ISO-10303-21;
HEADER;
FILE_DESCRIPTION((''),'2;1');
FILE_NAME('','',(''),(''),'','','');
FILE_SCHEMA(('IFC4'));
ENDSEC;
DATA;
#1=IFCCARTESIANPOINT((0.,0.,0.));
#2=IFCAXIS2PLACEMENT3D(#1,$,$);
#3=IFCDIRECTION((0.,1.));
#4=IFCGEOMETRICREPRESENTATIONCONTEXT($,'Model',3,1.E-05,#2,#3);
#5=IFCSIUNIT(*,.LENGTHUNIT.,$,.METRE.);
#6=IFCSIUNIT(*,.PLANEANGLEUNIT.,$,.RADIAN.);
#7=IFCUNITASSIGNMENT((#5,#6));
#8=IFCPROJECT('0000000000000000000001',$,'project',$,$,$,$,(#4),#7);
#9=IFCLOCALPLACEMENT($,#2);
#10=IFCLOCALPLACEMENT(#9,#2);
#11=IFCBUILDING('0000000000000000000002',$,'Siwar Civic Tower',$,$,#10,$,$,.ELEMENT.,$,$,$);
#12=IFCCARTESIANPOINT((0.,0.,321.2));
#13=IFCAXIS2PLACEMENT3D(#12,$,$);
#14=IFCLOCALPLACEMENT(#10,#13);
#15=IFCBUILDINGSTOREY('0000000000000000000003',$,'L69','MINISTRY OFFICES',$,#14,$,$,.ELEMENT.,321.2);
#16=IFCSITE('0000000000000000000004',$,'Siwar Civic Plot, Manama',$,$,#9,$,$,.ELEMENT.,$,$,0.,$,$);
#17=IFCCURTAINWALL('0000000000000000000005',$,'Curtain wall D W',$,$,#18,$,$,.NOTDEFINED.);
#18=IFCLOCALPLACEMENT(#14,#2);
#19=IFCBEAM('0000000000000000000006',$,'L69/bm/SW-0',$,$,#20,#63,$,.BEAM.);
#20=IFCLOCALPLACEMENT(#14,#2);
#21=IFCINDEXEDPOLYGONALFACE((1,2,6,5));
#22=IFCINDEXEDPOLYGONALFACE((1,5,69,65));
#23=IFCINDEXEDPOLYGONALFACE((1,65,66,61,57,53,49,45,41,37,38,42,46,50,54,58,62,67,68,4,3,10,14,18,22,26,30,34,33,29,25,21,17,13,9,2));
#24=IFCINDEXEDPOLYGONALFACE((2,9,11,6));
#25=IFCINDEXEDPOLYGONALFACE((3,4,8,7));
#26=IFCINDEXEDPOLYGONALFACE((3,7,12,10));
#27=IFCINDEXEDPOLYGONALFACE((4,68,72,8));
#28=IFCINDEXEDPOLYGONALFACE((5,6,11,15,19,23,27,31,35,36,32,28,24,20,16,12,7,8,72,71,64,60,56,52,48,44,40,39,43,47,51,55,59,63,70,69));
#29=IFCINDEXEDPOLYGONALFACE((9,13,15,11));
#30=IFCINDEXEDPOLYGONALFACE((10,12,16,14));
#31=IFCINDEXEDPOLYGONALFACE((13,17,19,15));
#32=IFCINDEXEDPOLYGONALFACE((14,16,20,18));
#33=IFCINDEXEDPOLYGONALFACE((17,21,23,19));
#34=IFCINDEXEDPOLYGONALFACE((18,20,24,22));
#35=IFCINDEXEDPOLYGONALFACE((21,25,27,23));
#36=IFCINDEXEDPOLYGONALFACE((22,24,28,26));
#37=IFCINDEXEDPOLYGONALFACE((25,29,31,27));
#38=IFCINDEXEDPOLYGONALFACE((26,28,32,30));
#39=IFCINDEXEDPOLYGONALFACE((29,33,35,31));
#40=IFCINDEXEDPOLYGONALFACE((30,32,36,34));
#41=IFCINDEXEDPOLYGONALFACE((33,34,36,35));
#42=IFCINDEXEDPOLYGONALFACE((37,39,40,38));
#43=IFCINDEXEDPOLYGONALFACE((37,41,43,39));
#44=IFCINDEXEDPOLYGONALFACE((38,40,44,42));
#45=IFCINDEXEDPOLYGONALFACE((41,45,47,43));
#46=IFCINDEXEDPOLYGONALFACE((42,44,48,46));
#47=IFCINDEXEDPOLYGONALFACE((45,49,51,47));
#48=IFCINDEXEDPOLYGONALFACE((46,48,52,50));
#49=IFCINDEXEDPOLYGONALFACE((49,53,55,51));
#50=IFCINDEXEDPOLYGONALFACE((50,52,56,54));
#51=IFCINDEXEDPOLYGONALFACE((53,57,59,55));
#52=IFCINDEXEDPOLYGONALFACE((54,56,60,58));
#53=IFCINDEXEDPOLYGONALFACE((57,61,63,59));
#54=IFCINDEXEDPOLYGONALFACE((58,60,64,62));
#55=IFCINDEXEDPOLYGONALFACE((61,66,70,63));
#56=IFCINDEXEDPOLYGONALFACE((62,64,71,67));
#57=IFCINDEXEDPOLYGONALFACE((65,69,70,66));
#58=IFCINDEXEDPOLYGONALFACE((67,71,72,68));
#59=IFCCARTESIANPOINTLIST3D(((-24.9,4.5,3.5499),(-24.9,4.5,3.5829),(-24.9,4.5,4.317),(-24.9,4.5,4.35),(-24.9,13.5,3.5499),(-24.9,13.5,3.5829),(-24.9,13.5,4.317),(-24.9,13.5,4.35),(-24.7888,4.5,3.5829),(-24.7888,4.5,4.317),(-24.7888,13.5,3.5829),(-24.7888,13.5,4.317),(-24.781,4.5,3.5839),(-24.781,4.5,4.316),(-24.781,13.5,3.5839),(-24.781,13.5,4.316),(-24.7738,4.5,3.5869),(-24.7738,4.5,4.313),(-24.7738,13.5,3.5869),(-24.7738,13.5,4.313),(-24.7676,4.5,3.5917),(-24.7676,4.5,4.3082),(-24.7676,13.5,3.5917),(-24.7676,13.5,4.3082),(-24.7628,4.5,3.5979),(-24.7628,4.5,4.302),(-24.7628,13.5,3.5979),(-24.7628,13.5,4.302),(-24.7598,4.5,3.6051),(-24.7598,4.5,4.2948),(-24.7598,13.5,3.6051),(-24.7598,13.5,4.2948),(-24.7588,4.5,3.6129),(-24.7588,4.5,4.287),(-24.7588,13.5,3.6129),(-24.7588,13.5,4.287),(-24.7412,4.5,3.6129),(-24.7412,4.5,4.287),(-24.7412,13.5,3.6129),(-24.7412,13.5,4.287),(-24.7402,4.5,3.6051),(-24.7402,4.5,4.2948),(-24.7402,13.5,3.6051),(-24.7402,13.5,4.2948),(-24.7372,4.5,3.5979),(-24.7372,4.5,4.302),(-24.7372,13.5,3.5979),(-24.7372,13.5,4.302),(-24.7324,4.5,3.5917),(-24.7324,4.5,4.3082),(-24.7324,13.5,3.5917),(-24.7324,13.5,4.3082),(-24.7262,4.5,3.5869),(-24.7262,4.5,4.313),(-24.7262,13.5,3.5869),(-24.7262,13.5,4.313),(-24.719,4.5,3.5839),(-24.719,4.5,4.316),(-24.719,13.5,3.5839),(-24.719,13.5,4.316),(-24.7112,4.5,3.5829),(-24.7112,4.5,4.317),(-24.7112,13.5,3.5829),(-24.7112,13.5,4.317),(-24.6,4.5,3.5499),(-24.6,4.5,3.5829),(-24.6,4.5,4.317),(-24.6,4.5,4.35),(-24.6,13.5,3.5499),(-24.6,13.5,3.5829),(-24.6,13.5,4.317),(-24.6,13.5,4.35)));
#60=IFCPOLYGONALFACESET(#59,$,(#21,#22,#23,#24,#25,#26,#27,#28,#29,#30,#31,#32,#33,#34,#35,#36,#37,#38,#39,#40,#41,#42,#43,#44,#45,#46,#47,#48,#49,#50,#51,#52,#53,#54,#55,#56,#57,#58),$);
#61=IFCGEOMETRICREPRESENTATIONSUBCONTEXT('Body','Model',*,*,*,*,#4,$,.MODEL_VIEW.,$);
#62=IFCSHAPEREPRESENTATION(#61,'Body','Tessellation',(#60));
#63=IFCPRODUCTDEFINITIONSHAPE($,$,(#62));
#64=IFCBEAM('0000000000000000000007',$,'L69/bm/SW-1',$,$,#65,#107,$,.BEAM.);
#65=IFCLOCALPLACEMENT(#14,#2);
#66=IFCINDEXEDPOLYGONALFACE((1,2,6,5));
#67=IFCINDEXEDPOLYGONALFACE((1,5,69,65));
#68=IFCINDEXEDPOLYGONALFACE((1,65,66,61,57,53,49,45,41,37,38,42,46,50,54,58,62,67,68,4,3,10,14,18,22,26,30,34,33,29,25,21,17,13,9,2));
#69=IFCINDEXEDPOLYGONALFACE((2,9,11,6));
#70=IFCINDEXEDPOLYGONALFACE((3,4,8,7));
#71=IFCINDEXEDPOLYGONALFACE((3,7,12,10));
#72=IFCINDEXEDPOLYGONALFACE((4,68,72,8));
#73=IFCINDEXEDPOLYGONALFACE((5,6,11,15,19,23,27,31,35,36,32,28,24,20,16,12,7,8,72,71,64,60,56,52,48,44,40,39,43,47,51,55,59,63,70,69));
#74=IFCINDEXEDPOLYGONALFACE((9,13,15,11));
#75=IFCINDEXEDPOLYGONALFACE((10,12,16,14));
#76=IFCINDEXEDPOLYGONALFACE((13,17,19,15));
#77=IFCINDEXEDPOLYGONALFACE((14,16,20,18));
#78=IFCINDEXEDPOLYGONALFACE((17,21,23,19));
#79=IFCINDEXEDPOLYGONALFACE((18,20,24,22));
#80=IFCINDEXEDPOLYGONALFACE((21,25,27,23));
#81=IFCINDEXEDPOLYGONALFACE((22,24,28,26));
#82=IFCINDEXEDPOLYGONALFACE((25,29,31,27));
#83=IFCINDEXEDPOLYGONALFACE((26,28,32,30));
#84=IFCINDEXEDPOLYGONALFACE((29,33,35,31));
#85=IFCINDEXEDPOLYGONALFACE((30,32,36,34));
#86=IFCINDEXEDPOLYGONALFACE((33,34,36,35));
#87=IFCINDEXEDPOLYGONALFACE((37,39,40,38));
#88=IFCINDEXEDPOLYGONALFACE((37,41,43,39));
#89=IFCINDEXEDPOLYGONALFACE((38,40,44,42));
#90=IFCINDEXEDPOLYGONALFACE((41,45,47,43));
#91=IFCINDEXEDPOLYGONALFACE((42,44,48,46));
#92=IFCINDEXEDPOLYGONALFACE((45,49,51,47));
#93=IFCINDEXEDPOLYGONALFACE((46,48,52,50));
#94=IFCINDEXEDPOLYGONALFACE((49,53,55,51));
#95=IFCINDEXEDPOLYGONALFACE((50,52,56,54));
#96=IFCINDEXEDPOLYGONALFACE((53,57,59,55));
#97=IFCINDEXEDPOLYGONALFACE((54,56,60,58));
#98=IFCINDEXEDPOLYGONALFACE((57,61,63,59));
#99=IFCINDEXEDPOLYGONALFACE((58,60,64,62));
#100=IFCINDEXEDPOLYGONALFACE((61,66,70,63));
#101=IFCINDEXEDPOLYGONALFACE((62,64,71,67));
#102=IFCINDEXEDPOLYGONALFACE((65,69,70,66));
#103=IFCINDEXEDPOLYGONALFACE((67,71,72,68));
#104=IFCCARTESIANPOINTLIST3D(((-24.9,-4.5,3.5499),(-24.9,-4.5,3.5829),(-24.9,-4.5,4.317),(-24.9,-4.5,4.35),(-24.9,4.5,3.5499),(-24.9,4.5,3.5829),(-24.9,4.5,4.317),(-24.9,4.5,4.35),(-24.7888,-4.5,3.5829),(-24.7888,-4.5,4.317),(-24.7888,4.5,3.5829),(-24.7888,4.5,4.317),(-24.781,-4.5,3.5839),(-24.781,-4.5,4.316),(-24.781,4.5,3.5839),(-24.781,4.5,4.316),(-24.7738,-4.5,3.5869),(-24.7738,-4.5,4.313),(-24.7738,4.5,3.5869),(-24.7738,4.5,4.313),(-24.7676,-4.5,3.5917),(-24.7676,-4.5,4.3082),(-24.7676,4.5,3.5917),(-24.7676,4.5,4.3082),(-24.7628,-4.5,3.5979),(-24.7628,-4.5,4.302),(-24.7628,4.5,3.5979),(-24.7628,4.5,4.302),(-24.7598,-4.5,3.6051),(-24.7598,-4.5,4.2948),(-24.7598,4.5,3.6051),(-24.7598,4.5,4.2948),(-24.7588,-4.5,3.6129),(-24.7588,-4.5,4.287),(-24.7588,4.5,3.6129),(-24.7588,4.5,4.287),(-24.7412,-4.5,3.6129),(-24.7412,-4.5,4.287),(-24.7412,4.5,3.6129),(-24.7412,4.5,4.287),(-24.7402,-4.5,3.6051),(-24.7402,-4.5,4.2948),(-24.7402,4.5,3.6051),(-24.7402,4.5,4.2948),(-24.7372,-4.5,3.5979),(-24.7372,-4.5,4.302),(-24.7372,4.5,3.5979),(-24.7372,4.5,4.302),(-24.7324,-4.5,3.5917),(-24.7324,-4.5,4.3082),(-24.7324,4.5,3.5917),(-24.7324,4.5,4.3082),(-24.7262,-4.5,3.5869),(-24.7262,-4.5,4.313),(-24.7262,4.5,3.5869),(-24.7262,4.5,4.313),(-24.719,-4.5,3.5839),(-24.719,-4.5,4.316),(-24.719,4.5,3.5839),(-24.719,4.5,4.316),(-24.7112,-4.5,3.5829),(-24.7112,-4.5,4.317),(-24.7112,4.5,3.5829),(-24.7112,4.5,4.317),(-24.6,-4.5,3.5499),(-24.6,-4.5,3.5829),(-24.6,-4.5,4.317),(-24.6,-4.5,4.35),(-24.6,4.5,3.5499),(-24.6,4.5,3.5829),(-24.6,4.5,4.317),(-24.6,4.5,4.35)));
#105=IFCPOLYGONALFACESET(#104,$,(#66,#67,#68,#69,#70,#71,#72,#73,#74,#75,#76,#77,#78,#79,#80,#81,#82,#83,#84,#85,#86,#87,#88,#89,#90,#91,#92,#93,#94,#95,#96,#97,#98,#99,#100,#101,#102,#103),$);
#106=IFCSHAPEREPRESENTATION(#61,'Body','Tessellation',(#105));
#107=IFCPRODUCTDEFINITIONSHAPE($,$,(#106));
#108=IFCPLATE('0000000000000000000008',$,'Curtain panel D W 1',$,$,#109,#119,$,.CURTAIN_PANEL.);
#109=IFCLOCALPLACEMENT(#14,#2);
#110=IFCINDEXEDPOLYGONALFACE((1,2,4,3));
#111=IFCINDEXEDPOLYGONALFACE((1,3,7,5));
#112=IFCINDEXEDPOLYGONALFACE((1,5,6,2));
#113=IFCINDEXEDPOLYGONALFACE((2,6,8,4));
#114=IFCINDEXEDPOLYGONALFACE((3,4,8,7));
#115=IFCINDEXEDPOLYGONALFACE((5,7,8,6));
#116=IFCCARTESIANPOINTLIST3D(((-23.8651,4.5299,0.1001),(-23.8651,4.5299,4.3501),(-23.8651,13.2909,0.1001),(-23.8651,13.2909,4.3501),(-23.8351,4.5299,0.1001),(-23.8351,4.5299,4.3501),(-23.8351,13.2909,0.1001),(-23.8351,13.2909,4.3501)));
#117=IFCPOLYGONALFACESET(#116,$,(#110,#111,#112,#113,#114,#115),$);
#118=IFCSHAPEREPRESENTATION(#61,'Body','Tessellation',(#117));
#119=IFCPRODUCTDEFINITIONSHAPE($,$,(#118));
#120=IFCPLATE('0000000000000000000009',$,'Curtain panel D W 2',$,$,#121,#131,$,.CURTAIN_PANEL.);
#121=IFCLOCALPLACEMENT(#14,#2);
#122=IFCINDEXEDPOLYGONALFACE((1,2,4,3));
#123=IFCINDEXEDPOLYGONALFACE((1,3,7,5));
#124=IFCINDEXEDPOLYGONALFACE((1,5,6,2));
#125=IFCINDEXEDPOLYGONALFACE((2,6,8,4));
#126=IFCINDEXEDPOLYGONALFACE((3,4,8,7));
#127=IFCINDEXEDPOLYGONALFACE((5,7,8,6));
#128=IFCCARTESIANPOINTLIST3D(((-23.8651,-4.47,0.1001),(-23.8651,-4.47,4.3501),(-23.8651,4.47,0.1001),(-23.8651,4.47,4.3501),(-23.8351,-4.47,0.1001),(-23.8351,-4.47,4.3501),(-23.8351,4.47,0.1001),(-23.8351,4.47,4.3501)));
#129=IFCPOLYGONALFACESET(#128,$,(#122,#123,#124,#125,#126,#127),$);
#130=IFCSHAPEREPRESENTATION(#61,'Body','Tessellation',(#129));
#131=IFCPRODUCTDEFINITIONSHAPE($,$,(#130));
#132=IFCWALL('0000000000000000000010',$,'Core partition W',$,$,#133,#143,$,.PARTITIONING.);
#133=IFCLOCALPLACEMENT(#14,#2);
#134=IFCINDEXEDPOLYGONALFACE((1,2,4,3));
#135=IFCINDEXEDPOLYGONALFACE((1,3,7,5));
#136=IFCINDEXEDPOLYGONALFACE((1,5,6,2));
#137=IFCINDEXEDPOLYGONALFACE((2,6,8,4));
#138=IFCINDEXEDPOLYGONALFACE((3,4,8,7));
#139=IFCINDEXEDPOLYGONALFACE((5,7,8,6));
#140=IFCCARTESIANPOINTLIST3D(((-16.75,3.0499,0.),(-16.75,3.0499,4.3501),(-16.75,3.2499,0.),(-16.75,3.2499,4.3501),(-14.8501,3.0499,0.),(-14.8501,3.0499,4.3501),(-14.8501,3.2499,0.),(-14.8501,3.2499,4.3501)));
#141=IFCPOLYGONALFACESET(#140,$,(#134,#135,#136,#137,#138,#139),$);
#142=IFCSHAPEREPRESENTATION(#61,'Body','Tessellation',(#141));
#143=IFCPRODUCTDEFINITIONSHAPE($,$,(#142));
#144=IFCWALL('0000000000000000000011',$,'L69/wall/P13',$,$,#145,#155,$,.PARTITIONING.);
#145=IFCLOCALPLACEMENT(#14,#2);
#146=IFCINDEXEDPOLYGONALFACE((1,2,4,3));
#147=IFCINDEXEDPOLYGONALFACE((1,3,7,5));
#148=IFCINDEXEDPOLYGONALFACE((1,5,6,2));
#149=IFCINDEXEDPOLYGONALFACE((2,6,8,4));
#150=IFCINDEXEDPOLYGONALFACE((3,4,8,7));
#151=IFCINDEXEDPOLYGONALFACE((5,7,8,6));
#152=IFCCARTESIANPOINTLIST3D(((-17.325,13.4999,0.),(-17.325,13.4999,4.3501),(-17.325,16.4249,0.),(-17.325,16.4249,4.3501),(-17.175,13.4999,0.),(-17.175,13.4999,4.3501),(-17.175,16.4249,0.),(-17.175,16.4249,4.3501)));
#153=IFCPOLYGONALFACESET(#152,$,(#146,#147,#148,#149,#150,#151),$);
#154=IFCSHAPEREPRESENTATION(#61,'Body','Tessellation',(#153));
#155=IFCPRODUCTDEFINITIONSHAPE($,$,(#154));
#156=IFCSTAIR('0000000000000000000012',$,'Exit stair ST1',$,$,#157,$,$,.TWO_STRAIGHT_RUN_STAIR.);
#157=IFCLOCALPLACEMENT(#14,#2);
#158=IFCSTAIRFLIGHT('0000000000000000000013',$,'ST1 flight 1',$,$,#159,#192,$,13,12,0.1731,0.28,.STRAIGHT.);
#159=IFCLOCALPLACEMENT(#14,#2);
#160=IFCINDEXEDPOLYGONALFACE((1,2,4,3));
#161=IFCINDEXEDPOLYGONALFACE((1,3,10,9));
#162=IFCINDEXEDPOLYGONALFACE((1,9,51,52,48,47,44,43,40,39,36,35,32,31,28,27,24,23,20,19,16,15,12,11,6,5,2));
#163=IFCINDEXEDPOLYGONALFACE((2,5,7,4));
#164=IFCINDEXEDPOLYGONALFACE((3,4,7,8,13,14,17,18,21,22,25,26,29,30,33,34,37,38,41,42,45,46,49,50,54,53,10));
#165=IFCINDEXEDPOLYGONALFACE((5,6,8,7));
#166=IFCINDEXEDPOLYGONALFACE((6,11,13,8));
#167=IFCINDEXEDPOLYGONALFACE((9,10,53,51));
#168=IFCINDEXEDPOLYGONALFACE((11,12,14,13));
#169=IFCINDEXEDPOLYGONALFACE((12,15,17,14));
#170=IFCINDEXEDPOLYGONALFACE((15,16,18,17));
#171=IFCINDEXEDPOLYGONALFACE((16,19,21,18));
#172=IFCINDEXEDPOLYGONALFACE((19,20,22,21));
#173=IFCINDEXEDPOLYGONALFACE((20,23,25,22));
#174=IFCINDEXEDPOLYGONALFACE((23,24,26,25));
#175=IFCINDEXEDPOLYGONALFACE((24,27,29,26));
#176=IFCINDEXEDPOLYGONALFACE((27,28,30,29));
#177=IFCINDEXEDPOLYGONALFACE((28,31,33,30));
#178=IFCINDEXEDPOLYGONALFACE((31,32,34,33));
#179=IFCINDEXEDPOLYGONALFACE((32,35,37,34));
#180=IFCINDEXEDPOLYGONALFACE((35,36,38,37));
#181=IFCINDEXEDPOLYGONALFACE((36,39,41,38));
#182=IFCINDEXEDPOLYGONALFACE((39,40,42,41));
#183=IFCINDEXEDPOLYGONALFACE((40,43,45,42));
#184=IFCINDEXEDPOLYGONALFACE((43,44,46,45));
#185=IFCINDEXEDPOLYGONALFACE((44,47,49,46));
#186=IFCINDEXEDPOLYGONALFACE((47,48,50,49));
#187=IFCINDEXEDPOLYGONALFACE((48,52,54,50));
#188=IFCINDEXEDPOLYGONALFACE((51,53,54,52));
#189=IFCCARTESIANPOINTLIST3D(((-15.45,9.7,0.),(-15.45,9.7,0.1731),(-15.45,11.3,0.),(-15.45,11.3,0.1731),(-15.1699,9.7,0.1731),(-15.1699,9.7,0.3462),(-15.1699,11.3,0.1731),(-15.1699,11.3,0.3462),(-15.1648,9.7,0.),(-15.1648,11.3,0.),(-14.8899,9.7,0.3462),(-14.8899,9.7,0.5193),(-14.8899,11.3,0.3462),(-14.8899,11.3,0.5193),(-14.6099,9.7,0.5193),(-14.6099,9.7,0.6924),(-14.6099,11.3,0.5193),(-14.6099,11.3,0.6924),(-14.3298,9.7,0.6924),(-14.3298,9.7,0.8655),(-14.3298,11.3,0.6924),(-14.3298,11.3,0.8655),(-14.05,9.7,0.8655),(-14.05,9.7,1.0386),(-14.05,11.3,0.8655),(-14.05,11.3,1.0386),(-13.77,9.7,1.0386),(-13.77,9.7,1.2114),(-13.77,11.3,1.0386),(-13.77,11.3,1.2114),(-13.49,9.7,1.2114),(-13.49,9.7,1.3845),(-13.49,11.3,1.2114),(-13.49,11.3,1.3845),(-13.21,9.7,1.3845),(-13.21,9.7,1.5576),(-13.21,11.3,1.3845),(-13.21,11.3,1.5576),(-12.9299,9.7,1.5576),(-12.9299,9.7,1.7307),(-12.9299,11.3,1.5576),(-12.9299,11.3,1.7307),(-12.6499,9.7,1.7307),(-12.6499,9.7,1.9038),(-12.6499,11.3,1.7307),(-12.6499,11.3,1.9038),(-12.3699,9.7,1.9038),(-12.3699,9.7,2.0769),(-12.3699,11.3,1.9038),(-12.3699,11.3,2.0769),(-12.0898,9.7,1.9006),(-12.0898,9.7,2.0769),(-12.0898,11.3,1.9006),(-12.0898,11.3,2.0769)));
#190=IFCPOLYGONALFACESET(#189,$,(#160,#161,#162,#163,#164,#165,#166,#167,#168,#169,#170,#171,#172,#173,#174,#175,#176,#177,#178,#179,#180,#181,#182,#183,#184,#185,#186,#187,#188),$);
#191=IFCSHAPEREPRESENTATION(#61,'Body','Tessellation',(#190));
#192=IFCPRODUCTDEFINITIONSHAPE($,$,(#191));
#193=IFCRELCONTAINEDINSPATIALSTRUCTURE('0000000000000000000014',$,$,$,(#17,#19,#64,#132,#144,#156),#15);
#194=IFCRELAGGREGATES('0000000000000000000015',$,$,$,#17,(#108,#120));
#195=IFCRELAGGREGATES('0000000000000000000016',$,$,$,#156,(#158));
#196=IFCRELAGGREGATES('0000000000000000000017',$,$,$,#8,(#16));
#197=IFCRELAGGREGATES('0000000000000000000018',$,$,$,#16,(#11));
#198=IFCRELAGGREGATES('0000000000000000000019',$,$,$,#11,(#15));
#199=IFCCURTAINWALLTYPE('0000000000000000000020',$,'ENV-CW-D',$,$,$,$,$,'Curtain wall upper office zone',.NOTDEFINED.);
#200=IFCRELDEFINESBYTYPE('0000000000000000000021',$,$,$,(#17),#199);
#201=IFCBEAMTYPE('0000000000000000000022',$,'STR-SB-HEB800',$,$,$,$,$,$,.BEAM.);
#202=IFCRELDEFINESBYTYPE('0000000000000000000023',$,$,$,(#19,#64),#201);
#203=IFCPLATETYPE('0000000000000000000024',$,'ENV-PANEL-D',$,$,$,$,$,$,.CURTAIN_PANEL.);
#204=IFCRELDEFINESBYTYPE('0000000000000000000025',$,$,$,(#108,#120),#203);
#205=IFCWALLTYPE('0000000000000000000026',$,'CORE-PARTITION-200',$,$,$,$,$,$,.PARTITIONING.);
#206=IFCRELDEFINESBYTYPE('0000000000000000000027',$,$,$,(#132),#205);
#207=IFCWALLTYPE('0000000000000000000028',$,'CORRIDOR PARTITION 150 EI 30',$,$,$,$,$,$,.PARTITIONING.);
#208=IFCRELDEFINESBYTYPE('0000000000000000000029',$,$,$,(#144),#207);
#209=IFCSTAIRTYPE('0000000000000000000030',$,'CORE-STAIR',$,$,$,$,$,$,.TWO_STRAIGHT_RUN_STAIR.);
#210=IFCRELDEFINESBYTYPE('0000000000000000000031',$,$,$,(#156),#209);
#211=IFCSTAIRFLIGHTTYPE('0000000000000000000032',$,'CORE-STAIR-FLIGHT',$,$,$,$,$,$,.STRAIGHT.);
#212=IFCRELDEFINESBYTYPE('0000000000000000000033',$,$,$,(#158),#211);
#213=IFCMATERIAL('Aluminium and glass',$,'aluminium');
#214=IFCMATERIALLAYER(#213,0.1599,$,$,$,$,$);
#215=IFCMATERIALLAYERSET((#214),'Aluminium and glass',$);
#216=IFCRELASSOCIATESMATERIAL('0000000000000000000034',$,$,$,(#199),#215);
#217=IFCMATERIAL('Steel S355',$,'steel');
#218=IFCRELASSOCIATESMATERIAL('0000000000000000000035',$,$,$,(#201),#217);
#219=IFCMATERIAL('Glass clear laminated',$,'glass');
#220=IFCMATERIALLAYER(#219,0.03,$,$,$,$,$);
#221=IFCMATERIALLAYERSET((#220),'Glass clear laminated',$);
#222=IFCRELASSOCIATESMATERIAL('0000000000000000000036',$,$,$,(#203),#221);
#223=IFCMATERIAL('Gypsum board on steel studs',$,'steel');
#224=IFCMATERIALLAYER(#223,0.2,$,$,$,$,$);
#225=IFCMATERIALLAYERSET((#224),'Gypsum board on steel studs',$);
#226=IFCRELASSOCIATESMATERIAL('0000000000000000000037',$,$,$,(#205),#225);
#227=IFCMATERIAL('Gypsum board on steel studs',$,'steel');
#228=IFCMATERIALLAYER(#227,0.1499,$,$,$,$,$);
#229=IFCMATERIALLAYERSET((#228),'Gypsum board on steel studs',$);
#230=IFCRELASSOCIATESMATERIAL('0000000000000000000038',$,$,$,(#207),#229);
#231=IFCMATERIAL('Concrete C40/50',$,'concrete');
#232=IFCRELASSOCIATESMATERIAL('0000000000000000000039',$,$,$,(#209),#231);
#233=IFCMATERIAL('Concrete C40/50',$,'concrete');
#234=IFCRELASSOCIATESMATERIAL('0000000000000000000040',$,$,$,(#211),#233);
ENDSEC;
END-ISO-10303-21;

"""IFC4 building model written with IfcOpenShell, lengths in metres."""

from ifc_helpers import new_model, si_unit, direction, frame, frame_2d, origin, origin_2d, place, context, subcontext, project, spatial, polyline, rectangle, i_section, outline, extrude, material, layer, layer_set, material_profile, profile_set, type_object, element, aggregate, save


model = new_model("IFC4")

# Units and contexts
model_context = context("Model", 3, precision=1e-05, world=origin(), true_north=direction((0.0, 1.0)))
body_context = subcontext(model_context, "Body", "Model", "MODEL_VIEW")
ifc_project = project(units=[si_unit("LENGTHUNIT", "METRE"), si_unit("PLANEANGLEUNIT", "RADIAN")], contexts=[model_context])

# Site, building, storey
site_placement = place(None, origin())
site = spatial("IfcSite", under=ifc_project, at=site_placement, Name="Siwar Civic Plot, Manama", CompositionType="ELEMENT", RefElevation=0.0)
building_placement = place(site_placement, origin())
building = spatial("IfcBuilding", under=site, at=building_placement, Name="Siwar Civic Tower", CompositionType="ELEMENT")
storey_placement = place(building_placement, frame((0.0, 0.0, 321.2)))
storey = spatial("IfcBuildingStorey", under=building, at=storey_placement, Name="L69", Description="MINISTRY OFFICES", CompositionType="ELEMENT", Elevation=321.2)

# Curtain wall
ifc_material_1 = material(Name="Aluminium and glass", Category="aluminium")
ifc_layer_1 = layer(ifc_material_1, 0.1599)
ifc_layer_set_1 = layer_set([ifc_layer_1], Name="Aluminium and glass")
curtain_wall_type = type_object("IfcCurtainWallType", Name="ENV-CW-D", ElementType="Curtain wall upper office zone", PredefinedType="NOTDEFINED", material=ifc_layer_set_1)
curtain_wall_placement = place(storey_placement, origin())
curtain_wall = element("IfcCurtainWall", 1, at=curtain_wall_placement, inside=storey, type_object=curtain_wall_type, Name="Curtain wall D W", PredefinedType="NOTDEFINED")

# Beams
ifc_material_2 = material(Name="Steel S355", Category="steel")
ifc_material_profile_1 = material_profile(ifc_material_2, i_section(OverallWidth=0.3, OverallDepth=0.8, WebThickness=0.0176, FlangeThickness=0.033, FilletRadius=0.03, at=origin_2d()), Name="HEB800")
ifc_profile_set_1 = profile_set([ifc_material_profile_1], Name="Steel S355")
beam_type_1 = type_object("IfcBeamType", Name="STR-SB-HEB800", PredefinedType="BEAM", material=ifc_profile_set_1)
for number, where, z_axis, x_axis, name in (
    (2, (-24.75, 13.5, 3.95), (0.0, -1.0, 0.0), (1.0, 0.0, 0.0), "L69/bm/SW-0"),
    (3, (-24.75, 4.5, 3.95), (0.0, -1.0, 0.0), (1.0, 0.0, 0.0), "L69/bm/SW-1"),
):
    element("IfcBeam", number, at=place(storey_placement, frame(where, z_axis=z_axis, x_axis=x_axis)), inside=storey, type_object=beam_type_1, Name=name, PredefinedType="BEAM", context=body_context, shape_type="SweptSolid", body=[
        extrude(i_section(OverallWidth=0.3, OverallDepth=0.8, WebThickness=0.0176, FlangeThickness=0.033, FilletRadius=0.03, at=origin_2d()), origin(), (0.0, 0.0, 1.0), 9.0),
    ])

# Plates
ifc_material_3 = material(Name="Glass clear laminated", Category="glass")
ifc_layer_2 = layer(ifc_material_3, 0.03)
ifc_layer_set_2 = layer_set([ifc_layer_2], Name="Glass clear laminated")
plate_type = type_object("IfcPlateType", Name="ENV-PANEL-D", PredefinedType="CURTAIN_PANEL", material=ifc_layer_set_2)
plate_1_placement = place(storey_placement, frame((-23.8501, 8.9104, 0.1001), z_axis=(0.0, 0.0, 1.0), x_axis=(0.0, -1.0, 0.0)))
plate_1 = element("IfcPlate", 4, at=plate_1_placement, type_object=plate_type, Name="Curtain panel D W 1", PredefinedType="CURTAIN_PANEL", context=body_context, shape_type="SweptSolid", body=[
    extrude(rectangle(XDim=8.761, YDim=0.03, at=origin_2d()), origin(), (0.0, 0.0, 1.0), 4.25),
])
plate_2_placement = place(storey_placement, frame((-23.8501, 0.0, 0.1001), z_axis=(0.0, 0.0, 1.0), x_axis=(0.0, -1.0, 0.0)))
plate_2 = element("IfcPlate", 5, at=plate_2_placement, type_object=plate_type, Name="Curtain panel D W 2", PredefinedType="CURTAIN_PANEL", context=body_context, shape_type="SweptSolid", body=[
    extrude(rectangle(XDim=8.9399, YDim=0.03, at=origin_2d()), origin(), (0.0, 0.0, 1.0), 4.25),
])
aggregate(curtain_wall, [plate_1, plate_2])

# Walls
ifc_material_4 = material(Name="Gypsum board on steel studs", Category="steel")
ifc_layer_3 = layer(ifc_material_4, 0.2)
ifc_layer_set_3 = layer_set([ifc_layer_3], Name="Gypsum board on steel studs")
wall_type_1 = type_object("IfcWallType", Name="CORE-PARTITION-200", PredefinedType="PARTITIONING", material=ifc_layer_set_3)
wall_1_placement = place(storey_placement, frame((-14.8501, 3.1499, 0.0), z_axis=(0.0, 0.0, 1.0), x_axis=(-1.0, 0.0, 0.0)))
element("IfcWall", 6, at=wall_1_placement, inside=storey, type_object=wall_type_1, Name="Core partition W", PredefinedType="PARTITIONING", context=body_context, shape_type="SweptSolid", body=[
    extrude(rectangle(XDim=1.8999, YDim=0.2, at=frame_2d((0.95, 0.0))), origin(), (0.0, 0.0, 1.0), 4.3501),
])
ifc_material_5 = material(Name="Gypsum board on steel studs", Category="steel")
ifc_layer_4 = layer(ifc_material_5, 0.1499)
ifc_layer_set_4 = layer_set([ifc_layer_4], Name="Gypsum board on steel studs")
wall_type_2 = type_object("IfcWallType", Name="CORRIDOR PARTITION 150 EI 30", PredefinedType="PARTITIONING", material=ifc_layer_set_4)
wall_2_placement = place(storey_placement, frame((-17.25, 13.5, 0.0), z_axis=(0.0, 0.0, 1.0), x_axis=(0.0, 1.0, 0.0)))
element("IfcWall", 7, at=wall_2_placement, inside=storey, type_object=wall_type_2, Name="L69/wall/P13", PredefinedType="PARTITIONING", context=body_context, shape_type="SweptSolid", body=[
    extrude(rectangle(XDim=2.925, YDim=0.1499, at=frame_2d((1.4624, 0.0))), origin(), (0.0, 0.0, 1.0), 4.3501),
])

# Stair, stair flight
ifc_material_6 = material(Name="Concrete C40/50", Category="concrete")
stair_type = type_object("IfcStairType", Name="CORE-STAIR", PredefinedType="TWO_STRAIGHT_RUN_STAIR", material=ifc_material_6)
stair_placement = place(storey_placement, origin())
stair = element("IfcStair", 8, at=stair_placement, inside=storey, type_object=stair_type, Name="Exit stair ST1", PredefinedType="TWO_STRAIGHT_RUN_STAIR")
ifc_material_7 = material(Name="Concrete C40/50", Category="concrete")
stair_flight_type = type_object("IfcStairFlightType", Name="CORE-STAIR-FLIGHT", PredefinedType="STRAIGHT", material=ifc_material_7)
stair_flight_placement = place(storey_placement, frame((-15.45, 10.5, 0.0), z_axis=(0.0, 0.0, 1.0), x_axis=(1.0, 0.0, 0.0)))
stair_flight = element("IfcStairFlight", 9, at=stair_flight_placement, type_object=stair_flight_type, Name="ST1 flight 1", NumberOfRisers=13, NumberOfTreads=12, PredefinedType="STRAIGHT", RiserHeight=0.1731, TreadLength=0.28, context=body_context, shape_type="SweptSolid", body=[
    extrude(outline(polyline([(0.0, 0.0), (0.0, 0.1731), (0.28, 0.1731), (0.28, 0.3462), (0.5601, 0.3462), (0.5601, 0.5193), (0.8401, 0.5193), (0.8401, 0.6924), (1.1201, 0.6924), (1.1201, 0.8655), (1.3999, 0.8655), (1.3999, 1.0386), (1.6799, 1.0386), (1.6799, 1.2114), (1.96, 1.2114), (1.96, 1.3845), (2.24, 1.3845), (2.24, 1.5576), (2.52, 1.5576), (2.52, 1.7307), (2.8, 1.7307), (2.8, 1.9038), (3.0801, 1.9038), (3.0801, 2.0769), (3.3601, 2.0769), (3.3601, 2.25), (3.3601, 1.9006), (0.2852, 0.0), (0.0, 0.0)])), frame((0.0, 0.8, 0.0), z_axis=(0.0, -1.0, 0.0), x_axis=(1.0, 0.0, 0.0)), (0.0, 0.0, 1.0), 1.6001),
])
aggregate(stair, [stair_flight])

save(model, "model.ifc")
